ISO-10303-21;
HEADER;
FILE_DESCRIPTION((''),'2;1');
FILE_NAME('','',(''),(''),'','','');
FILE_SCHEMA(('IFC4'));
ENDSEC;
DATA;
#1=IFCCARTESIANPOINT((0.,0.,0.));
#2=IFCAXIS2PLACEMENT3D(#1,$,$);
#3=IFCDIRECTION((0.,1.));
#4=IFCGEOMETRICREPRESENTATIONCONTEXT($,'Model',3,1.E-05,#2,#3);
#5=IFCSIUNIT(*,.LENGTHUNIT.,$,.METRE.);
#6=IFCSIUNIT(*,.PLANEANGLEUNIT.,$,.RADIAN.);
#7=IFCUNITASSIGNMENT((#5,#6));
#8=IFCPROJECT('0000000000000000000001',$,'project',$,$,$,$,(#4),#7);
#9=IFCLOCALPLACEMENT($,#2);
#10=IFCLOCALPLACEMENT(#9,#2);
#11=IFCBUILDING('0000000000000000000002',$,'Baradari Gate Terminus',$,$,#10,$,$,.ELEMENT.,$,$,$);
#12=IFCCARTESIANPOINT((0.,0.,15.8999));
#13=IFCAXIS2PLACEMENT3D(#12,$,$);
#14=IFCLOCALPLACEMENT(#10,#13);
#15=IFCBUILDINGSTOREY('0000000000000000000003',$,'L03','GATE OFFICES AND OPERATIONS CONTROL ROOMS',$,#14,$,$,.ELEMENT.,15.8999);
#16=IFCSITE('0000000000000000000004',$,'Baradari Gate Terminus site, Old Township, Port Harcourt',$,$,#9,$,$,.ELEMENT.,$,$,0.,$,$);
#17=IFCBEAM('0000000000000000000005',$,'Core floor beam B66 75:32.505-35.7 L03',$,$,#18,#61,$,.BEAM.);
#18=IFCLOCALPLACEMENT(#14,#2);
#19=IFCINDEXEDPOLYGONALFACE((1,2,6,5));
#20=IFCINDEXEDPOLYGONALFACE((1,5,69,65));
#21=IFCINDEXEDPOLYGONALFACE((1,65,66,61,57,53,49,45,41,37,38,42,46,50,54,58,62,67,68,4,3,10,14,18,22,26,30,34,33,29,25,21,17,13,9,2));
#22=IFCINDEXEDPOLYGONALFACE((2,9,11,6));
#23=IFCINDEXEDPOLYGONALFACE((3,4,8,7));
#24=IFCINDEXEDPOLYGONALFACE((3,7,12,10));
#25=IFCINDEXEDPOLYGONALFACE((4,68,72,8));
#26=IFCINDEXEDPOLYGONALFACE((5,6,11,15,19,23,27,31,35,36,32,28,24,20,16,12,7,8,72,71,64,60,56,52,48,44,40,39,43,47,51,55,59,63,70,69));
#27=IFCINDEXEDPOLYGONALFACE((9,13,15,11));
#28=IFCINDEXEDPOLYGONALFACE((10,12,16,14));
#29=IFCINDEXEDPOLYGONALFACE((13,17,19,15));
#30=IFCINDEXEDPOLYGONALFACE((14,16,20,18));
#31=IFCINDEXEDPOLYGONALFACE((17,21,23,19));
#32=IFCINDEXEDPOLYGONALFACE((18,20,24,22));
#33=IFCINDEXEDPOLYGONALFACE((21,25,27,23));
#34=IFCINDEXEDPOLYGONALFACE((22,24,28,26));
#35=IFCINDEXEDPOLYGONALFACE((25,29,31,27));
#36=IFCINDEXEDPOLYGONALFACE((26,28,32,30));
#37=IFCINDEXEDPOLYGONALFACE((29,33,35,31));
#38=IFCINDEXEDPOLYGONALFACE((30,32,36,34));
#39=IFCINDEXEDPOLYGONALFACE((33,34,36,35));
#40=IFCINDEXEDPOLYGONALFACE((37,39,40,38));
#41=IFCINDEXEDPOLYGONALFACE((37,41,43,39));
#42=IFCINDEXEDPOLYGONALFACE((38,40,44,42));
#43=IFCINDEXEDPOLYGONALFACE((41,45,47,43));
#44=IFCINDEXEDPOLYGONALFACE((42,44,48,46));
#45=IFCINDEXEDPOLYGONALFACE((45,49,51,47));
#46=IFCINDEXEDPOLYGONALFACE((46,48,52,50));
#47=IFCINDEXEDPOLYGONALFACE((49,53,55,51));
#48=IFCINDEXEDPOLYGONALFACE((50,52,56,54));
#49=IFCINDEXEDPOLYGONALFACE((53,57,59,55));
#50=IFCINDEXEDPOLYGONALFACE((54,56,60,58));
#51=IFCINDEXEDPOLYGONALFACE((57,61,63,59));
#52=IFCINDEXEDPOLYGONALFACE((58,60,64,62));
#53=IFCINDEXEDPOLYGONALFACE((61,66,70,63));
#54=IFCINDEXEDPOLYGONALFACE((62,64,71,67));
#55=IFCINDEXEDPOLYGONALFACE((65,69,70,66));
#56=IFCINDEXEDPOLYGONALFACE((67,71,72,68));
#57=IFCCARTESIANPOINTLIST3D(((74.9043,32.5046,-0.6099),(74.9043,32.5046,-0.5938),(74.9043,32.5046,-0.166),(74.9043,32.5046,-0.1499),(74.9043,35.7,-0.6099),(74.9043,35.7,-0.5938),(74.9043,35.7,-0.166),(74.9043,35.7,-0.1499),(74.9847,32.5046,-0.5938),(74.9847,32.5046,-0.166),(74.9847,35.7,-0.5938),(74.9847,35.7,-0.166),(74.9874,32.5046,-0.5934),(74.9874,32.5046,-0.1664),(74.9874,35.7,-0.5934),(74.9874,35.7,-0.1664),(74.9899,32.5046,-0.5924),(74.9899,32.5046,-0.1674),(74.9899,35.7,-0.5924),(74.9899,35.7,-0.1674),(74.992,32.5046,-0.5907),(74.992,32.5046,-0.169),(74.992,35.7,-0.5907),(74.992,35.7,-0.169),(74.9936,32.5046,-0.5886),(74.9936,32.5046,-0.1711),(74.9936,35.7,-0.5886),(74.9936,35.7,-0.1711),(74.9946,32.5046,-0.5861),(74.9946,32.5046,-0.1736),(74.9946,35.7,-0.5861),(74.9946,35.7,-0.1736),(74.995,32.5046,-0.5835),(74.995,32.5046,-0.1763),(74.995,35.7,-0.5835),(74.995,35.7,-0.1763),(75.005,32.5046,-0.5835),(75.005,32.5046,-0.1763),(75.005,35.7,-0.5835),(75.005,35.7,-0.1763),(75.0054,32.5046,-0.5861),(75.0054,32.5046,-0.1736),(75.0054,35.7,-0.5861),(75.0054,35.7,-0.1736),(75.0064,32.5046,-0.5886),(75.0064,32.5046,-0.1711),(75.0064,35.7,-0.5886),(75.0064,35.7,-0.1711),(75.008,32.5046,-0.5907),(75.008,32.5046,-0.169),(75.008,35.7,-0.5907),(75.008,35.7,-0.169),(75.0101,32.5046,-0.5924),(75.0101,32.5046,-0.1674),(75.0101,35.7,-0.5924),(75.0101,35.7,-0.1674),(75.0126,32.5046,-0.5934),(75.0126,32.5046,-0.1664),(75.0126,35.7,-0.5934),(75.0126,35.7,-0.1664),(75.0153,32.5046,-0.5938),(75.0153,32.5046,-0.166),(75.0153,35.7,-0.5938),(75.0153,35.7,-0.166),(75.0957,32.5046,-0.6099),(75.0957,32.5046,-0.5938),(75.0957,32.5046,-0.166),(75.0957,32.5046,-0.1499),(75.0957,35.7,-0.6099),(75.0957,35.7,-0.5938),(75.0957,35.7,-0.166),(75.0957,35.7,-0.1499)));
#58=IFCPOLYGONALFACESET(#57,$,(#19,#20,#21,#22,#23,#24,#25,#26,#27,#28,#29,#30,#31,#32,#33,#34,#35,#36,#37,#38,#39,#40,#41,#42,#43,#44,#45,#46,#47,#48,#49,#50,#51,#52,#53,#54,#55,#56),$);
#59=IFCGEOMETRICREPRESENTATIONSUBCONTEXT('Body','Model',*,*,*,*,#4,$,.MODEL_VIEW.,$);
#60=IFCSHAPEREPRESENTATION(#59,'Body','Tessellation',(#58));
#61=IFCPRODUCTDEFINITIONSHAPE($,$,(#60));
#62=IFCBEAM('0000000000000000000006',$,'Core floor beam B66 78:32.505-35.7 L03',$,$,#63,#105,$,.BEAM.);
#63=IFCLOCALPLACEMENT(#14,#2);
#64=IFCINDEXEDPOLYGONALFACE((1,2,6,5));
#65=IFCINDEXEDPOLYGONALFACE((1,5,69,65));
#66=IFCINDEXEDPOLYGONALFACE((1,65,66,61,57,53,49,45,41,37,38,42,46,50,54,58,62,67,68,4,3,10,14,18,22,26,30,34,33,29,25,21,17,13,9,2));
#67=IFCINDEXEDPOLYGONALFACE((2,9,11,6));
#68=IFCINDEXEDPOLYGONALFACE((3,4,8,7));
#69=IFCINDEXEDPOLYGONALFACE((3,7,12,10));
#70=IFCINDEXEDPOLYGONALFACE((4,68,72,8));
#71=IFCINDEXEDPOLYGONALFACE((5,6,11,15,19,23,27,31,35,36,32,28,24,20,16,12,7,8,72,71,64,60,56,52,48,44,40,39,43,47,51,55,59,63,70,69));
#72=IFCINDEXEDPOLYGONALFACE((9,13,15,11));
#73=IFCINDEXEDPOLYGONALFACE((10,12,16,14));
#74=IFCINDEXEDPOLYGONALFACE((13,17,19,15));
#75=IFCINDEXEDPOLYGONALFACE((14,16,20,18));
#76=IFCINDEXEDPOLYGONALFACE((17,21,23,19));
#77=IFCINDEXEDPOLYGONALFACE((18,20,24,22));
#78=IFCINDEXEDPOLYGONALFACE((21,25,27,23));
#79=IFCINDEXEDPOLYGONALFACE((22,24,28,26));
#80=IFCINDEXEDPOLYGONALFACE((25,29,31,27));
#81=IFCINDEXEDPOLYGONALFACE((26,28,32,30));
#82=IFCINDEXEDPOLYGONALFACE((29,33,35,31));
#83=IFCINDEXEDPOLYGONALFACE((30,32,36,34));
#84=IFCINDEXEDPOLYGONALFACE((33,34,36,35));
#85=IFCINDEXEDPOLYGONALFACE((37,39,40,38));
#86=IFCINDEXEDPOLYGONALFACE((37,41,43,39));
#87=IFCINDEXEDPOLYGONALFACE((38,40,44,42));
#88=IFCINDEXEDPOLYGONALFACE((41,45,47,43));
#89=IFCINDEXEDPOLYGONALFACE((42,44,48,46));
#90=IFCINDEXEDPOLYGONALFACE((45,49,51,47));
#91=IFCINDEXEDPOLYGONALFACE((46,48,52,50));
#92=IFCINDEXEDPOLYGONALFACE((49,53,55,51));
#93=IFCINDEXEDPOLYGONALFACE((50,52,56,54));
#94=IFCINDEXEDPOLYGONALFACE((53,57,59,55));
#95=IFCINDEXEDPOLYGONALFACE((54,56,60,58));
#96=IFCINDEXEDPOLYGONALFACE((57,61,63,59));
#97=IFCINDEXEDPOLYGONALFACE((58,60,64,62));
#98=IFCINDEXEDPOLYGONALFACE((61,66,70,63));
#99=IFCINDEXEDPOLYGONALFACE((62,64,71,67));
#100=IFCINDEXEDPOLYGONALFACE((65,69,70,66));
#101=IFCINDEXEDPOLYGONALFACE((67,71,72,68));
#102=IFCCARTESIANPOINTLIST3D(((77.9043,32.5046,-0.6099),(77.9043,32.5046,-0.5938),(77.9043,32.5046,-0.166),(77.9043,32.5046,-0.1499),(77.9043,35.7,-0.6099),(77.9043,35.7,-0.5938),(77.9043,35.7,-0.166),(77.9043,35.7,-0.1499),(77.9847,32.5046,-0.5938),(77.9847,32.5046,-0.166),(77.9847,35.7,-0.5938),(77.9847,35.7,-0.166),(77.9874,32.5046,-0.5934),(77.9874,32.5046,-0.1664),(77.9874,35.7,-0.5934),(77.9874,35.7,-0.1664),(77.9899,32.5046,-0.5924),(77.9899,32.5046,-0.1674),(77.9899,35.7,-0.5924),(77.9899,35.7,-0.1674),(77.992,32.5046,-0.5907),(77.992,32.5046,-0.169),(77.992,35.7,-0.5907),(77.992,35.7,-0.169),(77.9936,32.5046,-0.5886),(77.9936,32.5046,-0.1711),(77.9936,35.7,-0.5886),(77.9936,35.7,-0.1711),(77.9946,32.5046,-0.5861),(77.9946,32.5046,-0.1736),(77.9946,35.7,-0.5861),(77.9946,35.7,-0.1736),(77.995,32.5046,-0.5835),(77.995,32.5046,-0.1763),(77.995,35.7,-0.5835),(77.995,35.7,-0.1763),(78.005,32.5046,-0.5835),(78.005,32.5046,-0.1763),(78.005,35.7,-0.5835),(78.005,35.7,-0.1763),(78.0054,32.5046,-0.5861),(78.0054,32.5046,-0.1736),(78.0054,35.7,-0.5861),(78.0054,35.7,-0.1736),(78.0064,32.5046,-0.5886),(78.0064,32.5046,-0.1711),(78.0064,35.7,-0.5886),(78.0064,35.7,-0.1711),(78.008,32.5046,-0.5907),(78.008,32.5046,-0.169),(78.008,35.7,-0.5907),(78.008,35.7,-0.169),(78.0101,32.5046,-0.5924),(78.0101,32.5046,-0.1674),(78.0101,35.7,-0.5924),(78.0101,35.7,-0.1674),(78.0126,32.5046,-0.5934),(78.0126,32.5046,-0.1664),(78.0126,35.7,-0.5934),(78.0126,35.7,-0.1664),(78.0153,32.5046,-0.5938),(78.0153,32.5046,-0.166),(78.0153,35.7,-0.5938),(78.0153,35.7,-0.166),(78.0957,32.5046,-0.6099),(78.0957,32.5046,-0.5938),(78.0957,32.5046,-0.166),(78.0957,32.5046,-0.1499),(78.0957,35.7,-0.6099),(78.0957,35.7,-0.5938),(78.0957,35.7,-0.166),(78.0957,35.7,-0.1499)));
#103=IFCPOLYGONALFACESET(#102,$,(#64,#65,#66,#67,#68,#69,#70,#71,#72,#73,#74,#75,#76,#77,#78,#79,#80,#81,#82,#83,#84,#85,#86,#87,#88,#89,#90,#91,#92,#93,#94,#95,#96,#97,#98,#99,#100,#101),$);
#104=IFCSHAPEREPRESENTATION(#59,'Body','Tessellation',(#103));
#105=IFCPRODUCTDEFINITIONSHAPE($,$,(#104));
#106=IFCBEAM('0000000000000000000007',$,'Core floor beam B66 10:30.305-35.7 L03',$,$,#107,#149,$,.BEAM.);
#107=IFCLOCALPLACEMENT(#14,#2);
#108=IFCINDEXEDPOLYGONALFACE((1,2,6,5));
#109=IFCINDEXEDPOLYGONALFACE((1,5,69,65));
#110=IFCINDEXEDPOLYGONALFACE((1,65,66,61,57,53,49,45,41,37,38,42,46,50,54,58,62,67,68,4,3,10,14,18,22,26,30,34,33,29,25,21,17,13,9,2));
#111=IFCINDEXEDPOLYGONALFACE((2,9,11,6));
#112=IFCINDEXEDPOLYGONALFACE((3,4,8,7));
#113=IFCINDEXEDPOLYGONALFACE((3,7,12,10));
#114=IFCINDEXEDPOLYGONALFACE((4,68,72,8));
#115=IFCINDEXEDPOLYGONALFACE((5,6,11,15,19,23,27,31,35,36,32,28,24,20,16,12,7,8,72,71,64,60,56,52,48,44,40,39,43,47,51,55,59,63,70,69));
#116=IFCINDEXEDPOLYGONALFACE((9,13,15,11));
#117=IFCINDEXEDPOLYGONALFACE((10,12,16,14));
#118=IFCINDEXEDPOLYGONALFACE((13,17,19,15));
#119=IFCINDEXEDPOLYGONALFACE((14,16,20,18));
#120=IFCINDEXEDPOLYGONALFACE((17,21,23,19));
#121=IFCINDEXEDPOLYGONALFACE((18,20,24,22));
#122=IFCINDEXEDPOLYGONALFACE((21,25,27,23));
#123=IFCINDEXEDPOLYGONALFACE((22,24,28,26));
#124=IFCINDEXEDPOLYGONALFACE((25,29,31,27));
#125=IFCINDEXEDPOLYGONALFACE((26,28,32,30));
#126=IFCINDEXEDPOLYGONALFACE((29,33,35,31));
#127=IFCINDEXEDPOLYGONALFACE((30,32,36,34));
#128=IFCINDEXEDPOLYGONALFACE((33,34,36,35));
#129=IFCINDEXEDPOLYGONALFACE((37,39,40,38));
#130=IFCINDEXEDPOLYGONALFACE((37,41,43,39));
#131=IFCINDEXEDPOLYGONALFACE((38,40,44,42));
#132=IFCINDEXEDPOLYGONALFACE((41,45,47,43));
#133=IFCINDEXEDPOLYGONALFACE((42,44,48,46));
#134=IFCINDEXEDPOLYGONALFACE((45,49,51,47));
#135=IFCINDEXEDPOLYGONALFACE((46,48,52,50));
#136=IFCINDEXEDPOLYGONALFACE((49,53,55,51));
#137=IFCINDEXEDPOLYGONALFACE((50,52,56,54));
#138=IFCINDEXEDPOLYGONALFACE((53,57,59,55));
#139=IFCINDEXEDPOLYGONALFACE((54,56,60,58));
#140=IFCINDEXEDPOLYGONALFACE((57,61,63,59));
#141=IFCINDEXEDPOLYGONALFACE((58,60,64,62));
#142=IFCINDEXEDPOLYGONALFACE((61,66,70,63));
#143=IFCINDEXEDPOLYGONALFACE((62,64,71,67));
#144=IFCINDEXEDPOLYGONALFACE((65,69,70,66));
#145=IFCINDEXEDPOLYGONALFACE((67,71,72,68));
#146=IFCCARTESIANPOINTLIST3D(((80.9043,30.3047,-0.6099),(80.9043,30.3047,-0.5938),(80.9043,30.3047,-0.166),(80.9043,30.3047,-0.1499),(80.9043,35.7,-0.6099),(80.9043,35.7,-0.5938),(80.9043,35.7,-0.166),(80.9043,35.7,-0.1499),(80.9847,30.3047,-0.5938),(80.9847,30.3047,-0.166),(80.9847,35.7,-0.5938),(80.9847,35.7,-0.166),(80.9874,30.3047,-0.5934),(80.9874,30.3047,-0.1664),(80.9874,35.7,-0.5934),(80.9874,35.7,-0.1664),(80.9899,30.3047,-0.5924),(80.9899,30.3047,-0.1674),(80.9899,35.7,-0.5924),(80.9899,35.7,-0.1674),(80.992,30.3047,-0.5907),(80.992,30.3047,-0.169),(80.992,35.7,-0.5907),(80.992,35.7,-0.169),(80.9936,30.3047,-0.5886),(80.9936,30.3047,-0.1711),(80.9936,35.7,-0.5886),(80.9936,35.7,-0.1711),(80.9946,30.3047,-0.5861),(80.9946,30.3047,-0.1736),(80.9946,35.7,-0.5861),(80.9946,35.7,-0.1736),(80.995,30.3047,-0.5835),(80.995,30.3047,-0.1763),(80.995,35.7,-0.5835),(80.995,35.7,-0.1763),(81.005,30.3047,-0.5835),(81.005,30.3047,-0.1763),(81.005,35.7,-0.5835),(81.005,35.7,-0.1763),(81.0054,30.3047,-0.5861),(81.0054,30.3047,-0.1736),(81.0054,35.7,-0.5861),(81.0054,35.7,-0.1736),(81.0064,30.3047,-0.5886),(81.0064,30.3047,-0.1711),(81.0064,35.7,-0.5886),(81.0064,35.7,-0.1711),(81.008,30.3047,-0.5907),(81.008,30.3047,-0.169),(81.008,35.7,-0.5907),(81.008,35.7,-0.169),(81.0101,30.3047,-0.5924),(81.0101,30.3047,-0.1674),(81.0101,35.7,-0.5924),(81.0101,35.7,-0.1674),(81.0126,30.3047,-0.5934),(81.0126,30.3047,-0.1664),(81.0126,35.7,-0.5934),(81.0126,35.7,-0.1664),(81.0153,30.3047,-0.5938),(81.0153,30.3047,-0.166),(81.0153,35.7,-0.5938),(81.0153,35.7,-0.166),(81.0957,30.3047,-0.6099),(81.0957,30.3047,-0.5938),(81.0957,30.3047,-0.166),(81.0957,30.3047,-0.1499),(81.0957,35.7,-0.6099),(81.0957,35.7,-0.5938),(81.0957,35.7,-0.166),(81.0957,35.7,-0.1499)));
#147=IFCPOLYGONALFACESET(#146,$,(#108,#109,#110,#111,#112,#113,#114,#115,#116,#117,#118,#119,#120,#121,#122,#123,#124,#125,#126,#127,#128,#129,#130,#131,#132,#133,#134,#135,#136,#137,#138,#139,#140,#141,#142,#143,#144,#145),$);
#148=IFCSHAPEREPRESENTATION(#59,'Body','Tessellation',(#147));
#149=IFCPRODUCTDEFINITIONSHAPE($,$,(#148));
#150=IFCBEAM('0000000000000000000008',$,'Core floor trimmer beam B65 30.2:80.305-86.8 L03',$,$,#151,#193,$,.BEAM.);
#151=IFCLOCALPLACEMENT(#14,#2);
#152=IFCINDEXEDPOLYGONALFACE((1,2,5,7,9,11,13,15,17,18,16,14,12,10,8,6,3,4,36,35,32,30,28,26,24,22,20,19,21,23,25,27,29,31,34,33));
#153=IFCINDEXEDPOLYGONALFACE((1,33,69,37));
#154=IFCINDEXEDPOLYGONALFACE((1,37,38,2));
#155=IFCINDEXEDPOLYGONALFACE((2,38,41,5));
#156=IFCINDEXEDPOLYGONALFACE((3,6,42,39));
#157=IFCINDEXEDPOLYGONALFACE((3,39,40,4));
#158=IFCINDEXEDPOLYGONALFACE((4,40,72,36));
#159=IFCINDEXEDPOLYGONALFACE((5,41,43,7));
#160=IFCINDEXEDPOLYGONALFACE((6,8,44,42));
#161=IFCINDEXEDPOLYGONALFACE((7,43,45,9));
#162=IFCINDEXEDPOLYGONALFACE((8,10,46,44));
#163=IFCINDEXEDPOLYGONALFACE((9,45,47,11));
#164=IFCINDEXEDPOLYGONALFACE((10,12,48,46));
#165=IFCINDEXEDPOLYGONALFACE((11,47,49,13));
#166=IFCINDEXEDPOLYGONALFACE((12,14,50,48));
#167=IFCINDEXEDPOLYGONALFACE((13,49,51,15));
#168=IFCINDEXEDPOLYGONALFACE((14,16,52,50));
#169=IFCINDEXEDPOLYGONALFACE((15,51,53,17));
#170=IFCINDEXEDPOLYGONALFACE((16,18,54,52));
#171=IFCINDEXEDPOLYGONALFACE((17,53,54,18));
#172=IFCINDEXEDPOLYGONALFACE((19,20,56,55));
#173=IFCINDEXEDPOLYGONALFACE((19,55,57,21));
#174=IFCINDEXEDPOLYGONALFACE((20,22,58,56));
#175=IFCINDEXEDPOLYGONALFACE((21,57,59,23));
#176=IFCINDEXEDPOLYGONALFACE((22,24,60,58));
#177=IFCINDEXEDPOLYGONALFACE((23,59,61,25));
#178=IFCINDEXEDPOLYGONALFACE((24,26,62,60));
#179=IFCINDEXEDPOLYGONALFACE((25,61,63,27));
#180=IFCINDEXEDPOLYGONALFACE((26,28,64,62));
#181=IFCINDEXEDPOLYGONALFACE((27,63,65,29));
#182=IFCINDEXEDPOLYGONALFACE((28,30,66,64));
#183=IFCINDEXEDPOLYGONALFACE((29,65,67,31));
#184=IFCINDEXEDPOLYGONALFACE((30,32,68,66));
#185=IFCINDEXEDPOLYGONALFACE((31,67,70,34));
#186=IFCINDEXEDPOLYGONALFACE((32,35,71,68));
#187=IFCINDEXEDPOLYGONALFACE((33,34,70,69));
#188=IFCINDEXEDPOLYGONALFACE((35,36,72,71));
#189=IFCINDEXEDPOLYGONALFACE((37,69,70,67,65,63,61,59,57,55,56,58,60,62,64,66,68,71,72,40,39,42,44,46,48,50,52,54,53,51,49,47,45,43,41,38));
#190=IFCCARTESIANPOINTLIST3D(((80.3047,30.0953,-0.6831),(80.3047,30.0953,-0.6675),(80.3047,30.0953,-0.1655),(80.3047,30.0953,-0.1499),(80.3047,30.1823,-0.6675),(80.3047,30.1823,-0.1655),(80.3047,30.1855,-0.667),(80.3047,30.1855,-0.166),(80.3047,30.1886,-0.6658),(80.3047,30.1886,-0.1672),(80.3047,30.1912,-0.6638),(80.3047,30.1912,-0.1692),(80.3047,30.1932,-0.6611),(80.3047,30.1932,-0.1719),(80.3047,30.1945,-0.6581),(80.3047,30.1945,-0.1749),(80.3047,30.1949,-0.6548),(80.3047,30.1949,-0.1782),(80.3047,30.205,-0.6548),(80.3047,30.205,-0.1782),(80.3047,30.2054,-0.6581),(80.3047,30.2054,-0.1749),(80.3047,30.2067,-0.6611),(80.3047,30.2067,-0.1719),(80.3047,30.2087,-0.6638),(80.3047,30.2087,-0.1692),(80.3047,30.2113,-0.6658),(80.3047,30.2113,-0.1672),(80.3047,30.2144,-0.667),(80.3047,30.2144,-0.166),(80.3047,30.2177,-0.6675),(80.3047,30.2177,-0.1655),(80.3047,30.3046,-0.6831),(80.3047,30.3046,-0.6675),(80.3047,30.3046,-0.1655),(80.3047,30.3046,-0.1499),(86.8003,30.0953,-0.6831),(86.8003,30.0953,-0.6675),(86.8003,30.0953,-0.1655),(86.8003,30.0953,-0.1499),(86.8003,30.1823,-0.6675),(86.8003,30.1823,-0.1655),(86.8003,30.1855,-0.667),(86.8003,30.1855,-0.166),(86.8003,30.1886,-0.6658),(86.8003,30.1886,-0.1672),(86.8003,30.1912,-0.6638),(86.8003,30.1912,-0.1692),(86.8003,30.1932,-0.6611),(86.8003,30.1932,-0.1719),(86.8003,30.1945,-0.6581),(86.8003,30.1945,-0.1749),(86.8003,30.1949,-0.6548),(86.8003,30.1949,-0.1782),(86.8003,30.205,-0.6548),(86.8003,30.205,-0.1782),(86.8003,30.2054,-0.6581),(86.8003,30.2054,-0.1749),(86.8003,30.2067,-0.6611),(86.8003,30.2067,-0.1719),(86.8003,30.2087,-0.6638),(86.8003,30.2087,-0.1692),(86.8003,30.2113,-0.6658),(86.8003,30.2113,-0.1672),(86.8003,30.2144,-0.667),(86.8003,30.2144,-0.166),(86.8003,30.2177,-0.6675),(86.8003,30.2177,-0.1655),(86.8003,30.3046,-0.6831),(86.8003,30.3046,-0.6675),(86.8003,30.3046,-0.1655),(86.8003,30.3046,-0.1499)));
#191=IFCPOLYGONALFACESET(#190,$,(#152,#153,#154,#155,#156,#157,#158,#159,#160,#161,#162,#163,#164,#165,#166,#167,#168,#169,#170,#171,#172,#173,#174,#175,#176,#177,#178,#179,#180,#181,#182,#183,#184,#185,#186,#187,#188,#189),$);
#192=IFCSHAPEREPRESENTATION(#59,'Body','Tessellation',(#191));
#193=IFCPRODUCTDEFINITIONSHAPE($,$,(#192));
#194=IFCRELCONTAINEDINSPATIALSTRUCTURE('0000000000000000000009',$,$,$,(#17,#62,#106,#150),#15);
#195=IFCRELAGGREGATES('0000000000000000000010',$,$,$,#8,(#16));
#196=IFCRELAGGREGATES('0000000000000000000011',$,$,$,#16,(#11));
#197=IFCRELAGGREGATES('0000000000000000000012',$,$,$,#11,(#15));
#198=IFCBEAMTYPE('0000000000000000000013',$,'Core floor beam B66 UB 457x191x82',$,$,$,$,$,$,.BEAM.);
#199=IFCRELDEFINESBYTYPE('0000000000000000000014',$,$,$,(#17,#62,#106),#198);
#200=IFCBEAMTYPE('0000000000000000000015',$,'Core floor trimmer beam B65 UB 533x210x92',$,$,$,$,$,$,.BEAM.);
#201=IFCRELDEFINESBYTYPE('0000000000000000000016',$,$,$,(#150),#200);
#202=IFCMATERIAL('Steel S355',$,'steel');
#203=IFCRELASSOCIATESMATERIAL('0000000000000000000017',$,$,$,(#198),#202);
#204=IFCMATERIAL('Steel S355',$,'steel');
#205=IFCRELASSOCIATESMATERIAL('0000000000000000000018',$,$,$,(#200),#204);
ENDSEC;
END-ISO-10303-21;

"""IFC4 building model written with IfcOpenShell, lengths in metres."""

from ifc_helpers import new_model, si_unit, direction, frame, origin, origin_2d, place, context, subcontext, project, spatial, i_section, extrude, material, material_profile, profile_set, type_object, element, save


model = new_model("IFC4")

# Units and contexts
model_context = context("Model", 3, precision=1e-05, world=origin(), true_north=direction((0.0, 1.0)))
body_context = subcontext(model_context, "Body", "Model", "MODEL_VIEW")
ifc_project = project(units=[si_unit("LENGTHUNIT", "METRE"), si_unit("PLANEANGLEUNIT", "RADIAN")], contexts=[model_context])

# Site, building, storey
site_placement = place(None, origin())
site = spatial("IfcSite", under=ifc_project, at=site_placement, Name="Baradari Gate Terminus site, Old Township, Port Harcourt", CompositionType="ELEMENT", RefElevation=0.0)
building_placement = place(site_placement, origin())
building = spatial("IfcBuilding", under=site, at=building_placement, Name="Baradari Gate Terminus", CompositionType="ELEMENT")
storey_placement = place(building_placement, frame((0.0, 0.0, 15.8999)))
storey = spatial("IfcBuildingStorey", under=building, at=storey_placement, Name="L03", Description="GATE OFFICES AND OPERATIONS CONTROL ROOMS", CompositionType="ELEMENT", Elevation=15.8999)

# Beams
ifc_material_1 = material(Name="Steel S355", Category="steel")
ifc_material_profile_1 = material_profile(ifc_material_1, i_section(OverallWidth=0.1914, OverallDepth=0.46, WebThickness=0.01, FlangeThickness=0.0161, FilletRadius=0.0103, at=origin_2d()), Name="UB 457x191x82")
ifc_profile_set_1 = profile_set([ifc_material_profile_1], Name="Steel S355")
beam_type_1 = type_object("IfcBeamType", Name="Core floor beam B66 UB 457x191x82", PredefinedType="BEAM", material=ifc_profile_set_1)
for number, where, z_axis, x_axis, name in (
    (1, (75.0, 32.5046, -0.3799), (0.0, 1.0, 0.0), (-1.0, 0.0, 0.0), "Core floor beam B66 75:32.505-35.7 L03"),
    (2, (78.0, 32.5046, -0.3799), (0.0, 1.0, 0.0), (-1.0, 0.0, 0.0), "Core floor beam B66 78:32.505-35.7 L03"),
):
    element("IfcBeam", number, at=place(storey_placement, frame(where, z_axis=z_axis, x_axis=x_axis)), inside=storey, type_object=beam_type_1, Name=name, PredefinedType="BEAM", context=body_context, shape_type="SweptSolid", body=[
        extrude(i_section(OverallWidth=0.1914, OverallDepth=0.46, WebThickness=0.01, FlangeThickness=0.0161, FilletRadius=0.0103, at=origin_2d()), origin(), (0.0, 0.0, 1.0), 3.1953),
    ])
beam_1_placement = place(storey_placement, frame((81.0, 30.3047, -0.3799), z_axis=(0.0, 1.0, 0.0), x_axis=(-1.0, 0.0, 0.0)))
element("IfcBeam", 3, at=beam_1_placement, inside=storey, type_object=beam_type_1, Name="Core floor beam B66 10:30.305-35.7 L03", PredefinedType="BEAM", context=body_context, shape_type="SweptSolid", body=[
    extrude(i_section(OverallWidth=0.1914, OverallDepth=0.46, WebThickness=0.01, FlangeThickness=0.0161, FilletRadius=0.0103, at=origin_2d()), origin(), (0.0, 0.0, 1.0), 5.3953),
])
ifc_material_2 = material(Name="Steel S355", Category="steel")
ifc_material_profile_2 = material_profile(ifc_material_2, i_section(OverallWidth=0.2092, OverallDepth=0.5332, WebThickness=0.01, FlangeThickness=0.0156, FilletRadius=0.0127, at=origin_2d()), Name="UB 533x210x92")
ifc_profile_set_2 = profile_set([ifc_material_profile_2], Name="Steel S355")
beam_type_2 = type_object("IfcBeamType", Name="Core floor trimmer beam B65 UB 533x210x92", PredefinedType="BEAM", material=ifc_profile_set_2)
beam_2_placement = place(storey_placement, frame((80.3047, 30.2, -0.4165), z_axis=(1.0, 0.0, 0.0), x_axis=(0.0, 1.0, 0.0)))
element("IfcBeam", 4, at=beam_2_placement, inside=storey, type_object=beam_type_2, Name="Core floor trimmer beam B65 30.2:80.305-86.8 L03", PredefinedType="BEAM", context=body_context, shape_type="SweptSolid", body=[
    extrude(i_section(OverallWidth=0.2092, OverallDepth=0.5332, WebThickness=0.01, FlangeThickness=0.0156, FilletRadius=0.0127, at=origin_2d()), origin(), (0.0, 0.0, 1.0), 6.4956),
])

save(model, "model.ifc")
